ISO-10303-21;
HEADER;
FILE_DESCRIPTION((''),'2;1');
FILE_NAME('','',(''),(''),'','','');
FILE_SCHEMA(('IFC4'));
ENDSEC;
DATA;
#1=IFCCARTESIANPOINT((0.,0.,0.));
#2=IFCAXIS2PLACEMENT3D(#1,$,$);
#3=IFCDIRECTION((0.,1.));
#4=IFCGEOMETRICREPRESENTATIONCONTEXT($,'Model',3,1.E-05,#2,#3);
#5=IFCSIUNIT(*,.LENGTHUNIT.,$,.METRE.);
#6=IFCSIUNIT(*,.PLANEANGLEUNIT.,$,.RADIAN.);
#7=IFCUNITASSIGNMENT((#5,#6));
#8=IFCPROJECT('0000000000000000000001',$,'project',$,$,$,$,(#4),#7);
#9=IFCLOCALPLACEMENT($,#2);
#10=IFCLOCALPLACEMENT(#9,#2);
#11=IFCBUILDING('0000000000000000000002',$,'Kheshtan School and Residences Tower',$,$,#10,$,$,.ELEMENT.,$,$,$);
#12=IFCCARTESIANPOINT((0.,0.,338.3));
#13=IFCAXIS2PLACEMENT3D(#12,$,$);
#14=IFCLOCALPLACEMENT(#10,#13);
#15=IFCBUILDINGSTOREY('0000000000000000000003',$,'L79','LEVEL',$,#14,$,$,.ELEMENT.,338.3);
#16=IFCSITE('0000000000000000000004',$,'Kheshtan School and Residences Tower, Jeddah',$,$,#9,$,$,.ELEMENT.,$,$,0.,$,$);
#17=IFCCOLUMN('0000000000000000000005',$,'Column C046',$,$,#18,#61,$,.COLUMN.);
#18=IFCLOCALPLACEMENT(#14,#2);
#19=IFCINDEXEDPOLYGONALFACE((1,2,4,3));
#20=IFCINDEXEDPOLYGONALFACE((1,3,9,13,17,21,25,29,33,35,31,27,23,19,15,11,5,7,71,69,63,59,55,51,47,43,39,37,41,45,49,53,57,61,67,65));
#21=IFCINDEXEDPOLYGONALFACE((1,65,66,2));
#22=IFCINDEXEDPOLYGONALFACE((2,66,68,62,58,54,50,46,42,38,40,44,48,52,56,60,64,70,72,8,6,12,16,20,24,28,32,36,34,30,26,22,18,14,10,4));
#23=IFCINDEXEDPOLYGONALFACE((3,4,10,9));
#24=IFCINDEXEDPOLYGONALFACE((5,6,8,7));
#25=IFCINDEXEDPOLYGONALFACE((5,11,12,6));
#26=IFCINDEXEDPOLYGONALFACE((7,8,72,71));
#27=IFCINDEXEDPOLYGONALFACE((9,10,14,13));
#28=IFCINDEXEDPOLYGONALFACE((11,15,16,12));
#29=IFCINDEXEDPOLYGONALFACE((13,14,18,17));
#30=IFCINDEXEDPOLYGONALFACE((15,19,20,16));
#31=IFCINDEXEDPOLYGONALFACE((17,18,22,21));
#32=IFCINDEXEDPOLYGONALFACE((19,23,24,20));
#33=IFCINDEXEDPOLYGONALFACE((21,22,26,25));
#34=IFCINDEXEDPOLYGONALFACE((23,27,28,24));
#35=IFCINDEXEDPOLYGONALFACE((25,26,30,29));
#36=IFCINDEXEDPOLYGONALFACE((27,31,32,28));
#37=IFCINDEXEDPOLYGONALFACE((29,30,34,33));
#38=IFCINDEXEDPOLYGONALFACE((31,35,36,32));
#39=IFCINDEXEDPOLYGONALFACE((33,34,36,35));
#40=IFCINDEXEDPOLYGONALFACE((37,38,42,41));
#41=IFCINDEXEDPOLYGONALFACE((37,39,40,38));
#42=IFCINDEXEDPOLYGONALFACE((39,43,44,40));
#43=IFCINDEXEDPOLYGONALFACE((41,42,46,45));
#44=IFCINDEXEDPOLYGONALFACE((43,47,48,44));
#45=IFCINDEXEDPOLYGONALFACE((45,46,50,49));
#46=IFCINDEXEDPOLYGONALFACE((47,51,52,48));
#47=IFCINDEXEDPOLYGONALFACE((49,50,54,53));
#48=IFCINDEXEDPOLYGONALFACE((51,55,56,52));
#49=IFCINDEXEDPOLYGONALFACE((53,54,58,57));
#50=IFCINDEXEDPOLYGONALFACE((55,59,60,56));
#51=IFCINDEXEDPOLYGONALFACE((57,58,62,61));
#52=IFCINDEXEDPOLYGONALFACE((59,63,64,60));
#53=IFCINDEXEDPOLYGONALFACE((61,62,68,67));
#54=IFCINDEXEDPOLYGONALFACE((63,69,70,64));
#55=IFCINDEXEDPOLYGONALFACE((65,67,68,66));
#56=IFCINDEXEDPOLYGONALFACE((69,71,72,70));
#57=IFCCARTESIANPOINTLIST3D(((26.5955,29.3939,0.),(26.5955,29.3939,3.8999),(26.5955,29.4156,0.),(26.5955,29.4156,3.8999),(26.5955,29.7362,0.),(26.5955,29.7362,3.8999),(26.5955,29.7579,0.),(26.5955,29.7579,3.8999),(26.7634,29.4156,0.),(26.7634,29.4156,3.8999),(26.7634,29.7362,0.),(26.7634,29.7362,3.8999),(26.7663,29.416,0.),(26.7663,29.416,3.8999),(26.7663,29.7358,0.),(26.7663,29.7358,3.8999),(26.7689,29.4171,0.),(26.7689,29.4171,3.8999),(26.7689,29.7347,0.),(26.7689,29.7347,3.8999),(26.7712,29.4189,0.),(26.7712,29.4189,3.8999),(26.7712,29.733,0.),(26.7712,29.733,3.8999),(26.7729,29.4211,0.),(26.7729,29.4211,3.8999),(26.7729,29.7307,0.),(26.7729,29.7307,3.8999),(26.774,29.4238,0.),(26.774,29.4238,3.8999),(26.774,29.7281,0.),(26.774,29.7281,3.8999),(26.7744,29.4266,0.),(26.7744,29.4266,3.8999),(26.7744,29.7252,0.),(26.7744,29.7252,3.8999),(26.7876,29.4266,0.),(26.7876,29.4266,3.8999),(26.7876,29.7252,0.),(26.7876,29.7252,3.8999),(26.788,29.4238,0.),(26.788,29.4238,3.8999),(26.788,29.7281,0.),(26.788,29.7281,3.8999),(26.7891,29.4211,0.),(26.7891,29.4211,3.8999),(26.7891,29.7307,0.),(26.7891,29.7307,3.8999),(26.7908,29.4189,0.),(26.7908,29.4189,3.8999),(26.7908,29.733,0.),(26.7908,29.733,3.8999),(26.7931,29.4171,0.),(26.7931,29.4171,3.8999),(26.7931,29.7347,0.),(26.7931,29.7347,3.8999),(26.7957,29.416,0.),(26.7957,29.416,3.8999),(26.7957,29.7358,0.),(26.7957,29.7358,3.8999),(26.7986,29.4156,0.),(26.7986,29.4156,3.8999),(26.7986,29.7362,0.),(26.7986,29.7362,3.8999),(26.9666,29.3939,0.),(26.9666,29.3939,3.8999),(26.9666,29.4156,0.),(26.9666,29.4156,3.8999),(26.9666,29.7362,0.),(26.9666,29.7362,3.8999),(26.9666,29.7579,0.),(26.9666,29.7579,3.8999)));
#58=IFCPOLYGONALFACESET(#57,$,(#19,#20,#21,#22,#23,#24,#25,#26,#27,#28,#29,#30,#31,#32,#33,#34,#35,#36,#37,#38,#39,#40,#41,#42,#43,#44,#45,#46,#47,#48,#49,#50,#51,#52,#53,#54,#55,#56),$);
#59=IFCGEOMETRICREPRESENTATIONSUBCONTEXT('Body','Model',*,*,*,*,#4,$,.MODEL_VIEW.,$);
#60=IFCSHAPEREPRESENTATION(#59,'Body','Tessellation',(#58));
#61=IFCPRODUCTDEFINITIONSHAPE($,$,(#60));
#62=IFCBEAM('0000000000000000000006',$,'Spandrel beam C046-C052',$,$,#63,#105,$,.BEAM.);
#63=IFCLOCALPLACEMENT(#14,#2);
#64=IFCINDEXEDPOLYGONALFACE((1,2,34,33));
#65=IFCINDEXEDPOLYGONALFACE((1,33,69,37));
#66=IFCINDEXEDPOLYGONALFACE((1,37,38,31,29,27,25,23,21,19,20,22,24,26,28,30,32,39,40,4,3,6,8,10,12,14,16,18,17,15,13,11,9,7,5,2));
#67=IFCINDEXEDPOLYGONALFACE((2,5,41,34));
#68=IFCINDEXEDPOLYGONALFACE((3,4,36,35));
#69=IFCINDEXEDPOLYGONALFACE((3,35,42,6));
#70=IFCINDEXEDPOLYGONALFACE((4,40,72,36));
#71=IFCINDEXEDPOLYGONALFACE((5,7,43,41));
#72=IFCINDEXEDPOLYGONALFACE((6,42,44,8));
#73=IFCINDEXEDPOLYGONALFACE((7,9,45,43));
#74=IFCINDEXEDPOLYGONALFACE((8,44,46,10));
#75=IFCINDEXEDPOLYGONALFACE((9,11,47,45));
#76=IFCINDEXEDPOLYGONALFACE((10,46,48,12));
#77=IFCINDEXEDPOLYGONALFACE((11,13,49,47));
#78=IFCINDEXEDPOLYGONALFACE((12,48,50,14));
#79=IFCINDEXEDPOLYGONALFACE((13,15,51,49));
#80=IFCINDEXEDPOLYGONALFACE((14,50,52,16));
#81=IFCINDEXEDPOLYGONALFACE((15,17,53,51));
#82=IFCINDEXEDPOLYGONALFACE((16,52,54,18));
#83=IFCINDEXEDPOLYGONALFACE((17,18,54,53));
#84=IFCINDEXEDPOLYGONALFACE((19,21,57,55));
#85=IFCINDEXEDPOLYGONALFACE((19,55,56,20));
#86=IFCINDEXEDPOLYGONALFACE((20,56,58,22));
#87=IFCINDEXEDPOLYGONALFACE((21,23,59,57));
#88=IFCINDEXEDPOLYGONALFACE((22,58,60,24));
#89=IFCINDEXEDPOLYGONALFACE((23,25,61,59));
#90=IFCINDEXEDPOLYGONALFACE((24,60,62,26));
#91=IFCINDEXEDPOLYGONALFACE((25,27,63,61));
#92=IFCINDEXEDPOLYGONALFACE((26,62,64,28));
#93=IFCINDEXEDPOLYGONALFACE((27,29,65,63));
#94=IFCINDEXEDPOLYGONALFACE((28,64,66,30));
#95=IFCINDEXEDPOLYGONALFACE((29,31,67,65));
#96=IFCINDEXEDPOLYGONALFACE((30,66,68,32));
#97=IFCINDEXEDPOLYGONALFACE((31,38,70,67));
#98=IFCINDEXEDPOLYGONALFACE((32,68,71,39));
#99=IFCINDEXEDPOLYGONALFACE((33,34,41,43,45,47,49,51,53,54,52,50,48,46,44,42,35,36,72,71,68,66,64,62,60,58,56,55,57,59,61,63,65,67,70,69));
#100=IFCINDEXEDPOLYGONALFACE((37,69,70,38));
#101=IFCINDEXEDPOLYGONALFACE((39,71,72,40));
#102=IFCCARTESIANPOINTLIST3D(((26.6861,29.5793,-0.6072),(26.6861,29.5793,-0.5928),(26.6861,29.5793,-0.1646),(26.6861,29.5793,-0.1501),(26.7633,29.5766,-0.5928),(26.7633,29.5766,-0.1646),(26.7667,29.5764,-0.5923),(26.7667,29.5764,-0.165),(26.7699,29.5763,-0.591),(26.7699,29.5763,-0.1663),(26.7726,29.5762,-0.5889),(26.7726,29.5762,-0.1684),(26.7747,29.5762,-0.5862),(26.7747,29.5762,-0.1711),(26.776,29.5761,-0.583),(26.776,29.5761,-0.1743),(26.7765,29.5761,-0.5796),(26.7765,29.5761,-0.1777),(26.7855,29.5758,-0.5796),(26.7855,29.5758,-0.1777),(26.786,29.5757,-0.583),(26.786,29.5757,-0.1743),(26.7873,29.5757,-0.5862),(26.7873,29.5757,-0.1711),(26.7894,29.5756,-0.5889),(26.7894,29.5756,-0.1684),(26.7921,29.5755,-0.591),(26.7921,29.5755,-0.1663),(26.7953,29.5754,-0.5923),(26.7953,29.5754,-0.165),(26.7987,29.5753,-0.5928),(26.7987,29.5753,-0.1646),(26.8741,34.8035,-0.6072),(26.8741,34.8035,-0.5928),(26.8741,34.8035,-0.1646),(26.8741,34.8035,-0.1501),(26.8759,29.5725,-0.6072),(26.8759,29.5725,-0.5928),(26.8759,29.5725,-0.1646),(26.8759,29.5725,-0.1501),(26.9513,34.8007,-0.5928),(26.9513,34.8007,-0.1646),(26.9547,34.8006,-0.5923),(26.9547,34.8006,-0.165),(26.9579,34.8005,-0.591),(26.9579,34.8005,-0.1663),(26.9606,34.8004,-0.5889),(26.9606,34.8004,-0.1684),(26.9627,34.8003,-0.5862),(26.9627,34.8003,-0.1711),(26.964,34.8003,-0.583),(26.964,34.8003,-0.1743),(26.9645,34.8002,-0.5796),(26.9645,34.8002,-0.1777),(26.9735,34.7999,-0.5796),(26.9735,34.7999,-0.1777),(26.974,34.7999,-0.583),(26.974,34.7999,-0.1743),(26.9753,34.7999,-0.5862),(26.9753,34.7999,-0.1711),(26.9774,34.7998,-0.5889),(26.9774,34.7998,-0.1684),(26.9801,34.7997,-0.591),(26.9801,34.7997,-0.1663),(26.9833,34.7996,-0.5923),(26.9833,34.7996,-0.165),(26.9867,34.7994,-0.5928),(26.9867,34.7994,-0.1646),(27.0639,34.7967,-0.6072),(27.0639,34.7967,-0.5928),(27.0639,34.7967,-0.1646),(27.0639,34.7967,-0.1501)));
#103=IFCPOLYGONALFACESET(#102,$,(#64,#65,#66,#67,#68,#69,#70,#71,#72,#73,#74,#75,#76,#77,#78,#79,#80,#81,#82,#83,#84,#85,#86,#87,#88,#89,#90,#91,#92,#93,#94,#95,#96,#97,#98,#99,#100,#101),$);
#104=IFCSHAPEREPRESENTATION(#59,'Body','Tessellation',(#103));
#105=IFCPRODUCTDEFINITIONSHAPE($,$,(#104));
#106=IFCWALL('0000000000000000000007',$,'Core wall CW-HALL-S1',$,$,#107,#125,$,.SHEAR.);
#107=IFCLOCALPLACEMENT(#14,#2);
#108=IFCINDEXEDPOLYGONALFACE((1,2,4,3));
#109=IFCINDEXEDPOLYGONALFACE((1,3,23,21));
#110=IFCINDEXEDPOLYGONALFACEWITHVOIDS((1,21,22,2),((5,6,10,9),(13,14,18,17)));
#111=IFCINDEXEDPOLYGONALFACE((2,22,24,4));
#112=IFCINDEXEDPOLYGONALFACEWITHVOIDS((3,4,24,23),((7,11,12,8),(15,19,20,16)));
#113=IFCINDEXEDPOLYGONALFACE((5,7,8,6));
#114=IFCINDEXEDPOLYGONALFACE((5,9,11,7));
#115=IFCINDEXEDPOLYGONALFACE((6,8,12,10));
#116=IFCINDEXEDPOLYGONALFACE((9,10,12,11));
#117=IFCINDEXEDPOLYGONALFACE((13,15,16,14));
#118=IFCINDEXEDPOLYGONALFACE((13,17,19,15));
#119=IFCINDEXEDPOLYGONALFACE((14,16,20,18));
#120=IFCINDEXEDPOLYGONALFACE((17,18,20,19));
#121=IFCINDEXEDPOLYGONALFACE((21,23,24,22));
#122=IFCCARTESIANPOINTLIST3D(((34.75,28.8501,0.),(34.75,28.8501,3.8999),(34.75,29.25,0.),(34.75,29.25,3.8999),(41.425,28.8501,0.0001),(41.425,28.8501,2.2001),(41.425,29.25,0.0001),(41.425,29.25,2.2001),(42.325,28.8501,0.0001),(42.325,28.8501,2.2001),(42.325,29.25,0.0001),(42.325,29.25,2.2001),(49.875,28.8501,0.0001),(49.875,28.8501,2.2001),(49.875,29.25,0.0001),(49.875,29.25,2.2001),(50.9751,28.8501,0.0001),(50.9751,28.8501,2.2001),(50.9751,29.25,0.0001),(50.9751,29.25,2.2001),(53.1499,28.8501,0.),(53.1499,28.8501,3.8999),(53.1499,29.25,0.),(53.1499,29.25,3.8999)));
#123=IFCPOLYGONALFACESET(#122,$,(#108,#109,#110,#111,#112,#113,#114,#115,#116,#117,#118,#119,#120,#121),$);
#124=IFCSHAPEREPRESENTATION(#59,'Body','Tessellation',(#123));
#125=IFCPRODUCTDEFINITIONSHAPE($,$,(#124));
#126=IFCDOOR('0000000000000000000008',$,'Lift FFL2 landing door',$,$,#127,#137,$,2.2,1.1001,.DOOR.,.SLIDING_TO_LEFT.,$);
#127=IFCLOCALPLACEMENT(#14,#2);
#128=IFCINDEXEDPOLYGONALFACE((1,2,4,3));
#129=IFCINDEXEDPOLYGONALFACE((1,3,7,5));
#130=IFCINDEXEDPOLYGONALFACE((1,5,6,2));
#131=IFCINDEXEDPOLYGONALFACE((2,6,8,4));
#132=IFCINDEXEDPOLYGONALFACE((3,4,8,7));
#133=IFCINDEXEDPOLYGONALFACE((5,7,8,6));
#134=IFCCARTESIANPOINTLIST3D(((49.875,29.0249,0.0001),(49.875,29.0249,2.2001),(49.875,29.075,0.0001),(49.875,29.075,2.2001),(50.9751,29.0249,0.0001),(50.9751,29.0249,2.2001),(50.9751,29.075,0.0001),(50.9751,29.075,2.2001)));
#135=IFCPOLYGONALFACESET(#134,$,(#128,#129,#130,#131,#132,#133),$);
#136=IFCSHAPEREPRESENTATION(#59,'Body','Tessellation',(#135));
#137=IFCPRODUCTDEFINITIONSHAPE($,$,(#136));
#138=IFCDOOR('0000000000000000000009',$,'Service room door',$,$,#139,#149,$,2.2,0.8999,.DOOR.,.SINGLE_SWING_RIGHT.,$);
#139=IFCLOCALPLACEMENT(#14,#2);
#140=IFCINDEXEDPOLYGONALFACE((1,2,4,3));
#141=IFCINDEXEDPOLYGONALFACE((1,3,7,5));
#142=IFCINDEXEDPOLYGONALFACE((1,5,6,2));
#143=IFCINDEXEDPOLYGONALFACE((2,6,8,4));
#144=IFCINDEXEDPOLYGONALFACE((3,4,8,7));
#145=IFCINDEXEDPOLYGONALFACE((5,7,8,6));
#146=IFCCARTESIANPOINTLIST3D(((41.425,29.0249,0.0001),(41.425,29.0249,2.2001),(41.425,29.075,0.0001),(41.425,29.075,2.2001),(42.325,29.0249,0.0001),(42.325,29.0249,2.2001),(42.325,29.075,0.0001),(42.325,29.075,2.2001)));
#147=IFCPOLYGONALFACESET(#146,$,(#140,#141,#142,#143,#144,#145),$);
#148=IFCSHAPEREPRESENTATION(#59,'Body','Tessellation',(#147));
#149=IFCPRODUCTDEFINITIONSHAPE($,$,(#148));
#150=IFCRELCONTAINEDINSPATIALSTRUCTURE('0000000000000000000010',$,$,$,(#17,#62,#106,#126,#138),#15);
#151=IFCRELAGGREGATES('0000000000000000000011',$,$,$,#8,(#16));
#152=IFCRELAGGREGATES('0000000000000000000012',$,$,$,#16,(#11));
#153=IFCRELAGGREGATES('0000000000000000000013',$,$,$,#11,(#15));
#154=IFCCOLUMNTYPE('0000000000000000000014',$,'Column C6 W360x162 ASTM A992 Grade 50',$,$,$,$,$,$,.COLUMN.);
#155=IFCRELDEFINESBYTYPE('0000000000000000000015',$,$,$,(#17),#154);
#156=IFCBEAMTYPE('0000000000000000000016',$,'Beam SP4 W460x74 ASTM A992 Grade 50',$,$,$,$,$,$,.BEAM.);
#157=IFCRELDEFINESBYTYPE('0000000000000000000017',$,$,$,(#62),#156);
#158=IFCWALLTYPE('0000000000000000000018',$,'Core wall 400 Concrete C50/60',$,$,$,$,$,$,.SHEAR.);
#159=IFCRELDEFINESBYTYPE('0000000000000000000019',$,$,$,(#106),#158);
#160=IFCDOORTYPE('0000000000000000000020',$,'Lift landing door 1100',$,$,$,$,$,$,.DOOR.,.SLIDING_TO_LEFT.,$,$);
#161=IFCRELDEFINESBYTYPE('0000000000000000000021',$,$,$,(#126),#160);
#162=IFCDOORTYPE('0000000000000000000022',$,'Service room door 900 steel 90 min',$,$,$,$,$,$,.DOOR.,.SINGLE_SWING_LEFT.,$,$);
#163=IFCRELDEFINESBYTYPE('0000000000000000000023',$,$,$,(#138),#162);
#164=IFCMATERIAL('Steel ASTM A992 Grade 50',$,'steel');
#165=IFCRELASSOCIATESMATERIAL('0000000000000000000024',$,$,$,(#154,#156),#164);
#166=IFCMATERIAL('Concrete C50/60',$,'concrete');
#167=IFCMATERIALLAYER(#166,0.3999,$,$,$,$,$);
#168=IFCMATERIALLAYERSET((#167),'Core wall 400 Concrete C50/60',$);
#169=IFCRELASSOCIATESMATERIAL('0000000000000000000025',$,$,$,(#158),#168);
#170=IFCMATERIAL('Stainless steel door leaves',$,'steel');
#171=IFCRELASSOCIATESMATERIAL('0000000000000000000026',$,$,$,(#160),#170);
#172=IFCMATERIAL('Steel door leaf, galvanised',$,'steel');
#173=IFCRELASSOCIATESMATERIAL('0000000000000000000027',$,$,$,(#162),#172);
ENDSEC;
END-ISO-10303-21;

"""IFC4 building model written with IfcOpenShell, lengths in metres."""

from ifc_helpers import new_model, si_unit, direction, frame, frame_2d, origin, origin_2d, place, context, subcontext, project, spatial, rectangle, i_section, extrude, source, transform, mapped, material, layer, layer_set, material_profile, profile_set, type_object, element, fill, save


model = new_model("IFC4")

# Units and contexts
model_context = context("Model", 3, precision=1e-05, world=origin(), true_north=direction((0.0, 1.0)))
body_context = subcontext(model_context, "Body", "Model", "MODEL_VIEW")
ifc_project = project(units=[si_unit("LENGTHUNIT", "METRE"), si_unit("PLANEANGLEUNIT", "RADIAN")], contexts=[model_context])

# Site, building, storey
site_placement = place(None, origin())
site = spatial("IfcSite", under=ifc_project, at=site_placement, Name="Kheshtan School and Residences Tower, Jeddah", CompositionType="ELEMENT", RefElevation=0.0)
building_placement = place(site_placement, origin())
building = spatial("IfcBuilding", under=site, at=building_placement, Name="Kheshtan School and Residences Tower", CompositionType="ELEMENT")
storey_placement = place(building_placement, frame((0.0, 0.0, 338.3)))
storey = spatial("IfcBuildingStorey", under=building, at=storey_placement, Name="L79", Description="LEVEL", CompositionType="ELEMENT", Elevation=338.3)

# Column
ifc_material_1 = material(Name="Steel ASTM A992 Grade 50", Category="steel")
ifc_material_profile_1 = material_profile(ifc_material_1, i_section(OverallWidth=0.3711, OverallDepth=0.364, WebThickness=0.0132, FlangeThickness=0.0217, FilletRadius=0.011, at=origin_2d()), Name="W360x162")
ifc_profile_set_1 = profile_set([ifc_material_profile_1], Name="Steel ASTM A992 Grade 50")
column_type = type_object("IfcColumnType", Name="Column C6 W360x162 ASTM A992 Grade 50", PredefinedType="COLUMN", material=ifc_profile_set_1)
column_placement = place(storey_placement, frame((26.781, 29.5759, 0.0), z_axis=(0.0, 0.0, 1.0), x_axis=(1.0, 0.0, 0.0)))
element("IfcColumn", 1, at=column_placement, inside=storey, type_object=column_type, Name="Column C046", PredefinedType="COLUMN", context=body_context, shape_type="SweptSolid", body=[
    extrude(i_section(OverallWidth=0.3711, OverallDepth=0.364, WebThickness=0.0132, FlangeThickness=0.0217, FilletRadius=0.011, at=origin_2d()), origin(), (0.0, 0.0, 1.0), 3.8999),
])

# Beam
ifc_material_profile_2 = material_profile(ifc_material_1, i_section(OverallWidth=0.1899, OverallDepth=0.457, WebThickness=0.009, FlangeThickness=0.0144, FilletRadius=0.0132, at=origin_2d()), Name="W460x74")
ifc_profile_set_2 = profile_set([ifc_material_profile_2], Name="Steel ASTM A992 Grade 50")
beam_type = type_object("IfcBeamType", Name="Beam SP4 W460x74 ASTM A992 Grade 50", PredefinedType="BEAM", material=ifc_profile_set_2)
beam_placement = place(storey_placement, frame((26.781, 29.5759, -0.3787), z_axis=(0.035961, 0.999353, 0.0), x_axis=(-0.999353, 0.035961, 0.0)))
element("IfcBeam", 2, at=beam_placement, inside=storey, type_object=beam_type, Name="Spandrel beam C046-C052", PredefinedType="BEAM", context=body_context, shape_type="SweptSolid", body=[
    extrude(i_section(OverallWidth=0.1899, OverallDepth=0.457, WebThickness=0.009, FlangeThickness=0.0144, FilletRadius=0.0132, at=origin_2d()), origin(), (0.0, 0.0, 1.0), 5.2275),
])

# Wall, openings, doors
ifc_material_2 = material(Name="Concrete C50/60", Category="concrete")
ifc_layer_1 = layer(ifc_material_2, 0.3999)
ifc_layer_set_1 = layer_set([ifc_layer_1], Name="Core wall 400 Concrete C50/60")
wall_type_1 = type_object("IfcWallType", Name="Core wall 400 Concrete C50/60", PredefinedType="SHEAR", material=ifc_layer_set_1)
wall_1_placement = place(storey_placement, frame((34.75, 29.05, 0.0), z_axis=(0.0, 0.0, 1.0), x_axis=(1.0, 0.0, 0.0)))
wall_1 = element("IfcWall", 3, at=wall_1_placement, inside=storey, type_object=wall_type_1, Name="Core wall CW-HALL-S1", PredefinedType="SHEAR", context=body_context, shape_type="SweptSolid", body=[
    extrude(rectangle(XDim=18.3999, YDim=0.3999, at=frame_2d((9.2, 0.0))), origin(), (0.0, 0.0, 1.0), 3.8999),
])
opening_1_placement = place(wall_1_placement, frame((15.125, 0.0, 0.0)))
opening_1 = element("IfcOpeningElement", 4, at=opening_1_placement, cuts=wall_1, PredefinedType="OPENING", context=body_context, shape_type="SweptSolid", body=[
    extrude(rectangle(XDim=1.1001, YDim=2.2, at=frame_2d((0.55, 1.1001))), frame((0.0, 0.21, 0.0), z_axis=(0.0, -1.0, 0.0), x_axis=(1.0, 0.0, 0.0)), (0.0, 0.0, 1.0), 0.4199),
])
opening_2_placement = place(wall_1_placement, frame((6.675, 0.0, 0.0)))
opening_2 = element("IfcOpeningElement", 5, at=opening_2_placement, cuts=wall_1, PredefinedType="OPENING", context=body_context, shape_type="SweptSolid", body=[
    extrude(rectangle(XDim=0.8999, YDim=2.2, at=frame_2d((0.45, 1.1001))), frame((0.0, 0.21, 0.0), z_axis=(0.0, -1.0, 0.0), x_axis=(1.0, 0.0, 0.0)), (0.0, 0.0, 1.0), 0.4199),
])
ifc_material_3 = material(Name="Stainless steel door leaves", Category="steel")
door_type_1 = type_object("IfcDoorType", Name="Lift landing door 1100", OperationType="SLIDING_TO_LEFT", PredefinedType="DOOR", material=ifc_material_3)
shared_shape_1 = source(origin(), body_context, "Body", "SweptSolid", [
    extrude(rectangle(XDim=1.1001, YDim=2.2, at=frame_2d((0.55, 1.1001))), frame((0.0, 0.0249, 0.0), z_axis=(0.0, -1.0, 0.0), x_axis=(1.0, 0.0, 0.0)), (0.0, 0.0, 1.0), 0.05),
])
door_1_placement = place(opening_1_placement, origin())
door_1 = element("IfcDoor", 6, at=door_1_placement, inside=storey, type_object=door_type_1, Name="Lift FFL2 landing door", OperationType="SLIDING_TO_LEFT", OverallHeight=2.2, OverallWidth=1.1001, PredefinedType="DOOR", context=body_context, shape_type="MappedRepresentation", body=[
    mapped(shared_shape_1, transform((0.0, 0.0, 0.0), x_axis=(1.0, 0.0, 0.0), y_axis=(0.0, 1.0, 0.0), z_axis=(0.0, 0.0, 1.0), scale=1.0)),
])
fill(opening_1, door_1)
ifc_material_4 = material(Name="Steel door leaf, galvanised", Category="steel")
door_type_2 = type_object("IfcDoorType", Name="Service room door 900 steel 90 min", OperationType="SINGLE_SWING_LEFT", PredefinedType="DOOR", material=ifc_material_4)
shared_shape_2 = source(origin(), body_context, "Body", "SweptSolid", [
    extrude(rectangle(XDim=0.8999, YDim=2.2, at=frame_2d((0.45, 1.1001))), frame((0.0, 0.0249, 0.0), z_axis=(0.0, -1.0, 0.0), x_axis=(1.0, 0.0, 0.0)), (0.0, 0.0, 1.0), 0.05),
])
door_2_placement = place(opening_2_placement, origin())
door_2 = element("IfcDoor", 7, at=door_2_placement, inside=storey, type_object=door_type_2, Name="Service room door", OperationType="SINGLE_SWING_RIGHT", OverallHeight=2.2, OverallWidth=0.8999, PredefinedType="DOOR", context=body_context, shape_type="MappedRepresentation", body=[
    mapped(shared_shape_2, transform((0.0, 0.0, 0.0), x_axis=(1.0, 0.0, 0.0), y_axis=(0.0, 1.0, 0.0), z_axis=(0.0, 0.0, 1.0), scale=1.0)),
])
fill(opening_2, door_2)

save(model, "model.ifc")
